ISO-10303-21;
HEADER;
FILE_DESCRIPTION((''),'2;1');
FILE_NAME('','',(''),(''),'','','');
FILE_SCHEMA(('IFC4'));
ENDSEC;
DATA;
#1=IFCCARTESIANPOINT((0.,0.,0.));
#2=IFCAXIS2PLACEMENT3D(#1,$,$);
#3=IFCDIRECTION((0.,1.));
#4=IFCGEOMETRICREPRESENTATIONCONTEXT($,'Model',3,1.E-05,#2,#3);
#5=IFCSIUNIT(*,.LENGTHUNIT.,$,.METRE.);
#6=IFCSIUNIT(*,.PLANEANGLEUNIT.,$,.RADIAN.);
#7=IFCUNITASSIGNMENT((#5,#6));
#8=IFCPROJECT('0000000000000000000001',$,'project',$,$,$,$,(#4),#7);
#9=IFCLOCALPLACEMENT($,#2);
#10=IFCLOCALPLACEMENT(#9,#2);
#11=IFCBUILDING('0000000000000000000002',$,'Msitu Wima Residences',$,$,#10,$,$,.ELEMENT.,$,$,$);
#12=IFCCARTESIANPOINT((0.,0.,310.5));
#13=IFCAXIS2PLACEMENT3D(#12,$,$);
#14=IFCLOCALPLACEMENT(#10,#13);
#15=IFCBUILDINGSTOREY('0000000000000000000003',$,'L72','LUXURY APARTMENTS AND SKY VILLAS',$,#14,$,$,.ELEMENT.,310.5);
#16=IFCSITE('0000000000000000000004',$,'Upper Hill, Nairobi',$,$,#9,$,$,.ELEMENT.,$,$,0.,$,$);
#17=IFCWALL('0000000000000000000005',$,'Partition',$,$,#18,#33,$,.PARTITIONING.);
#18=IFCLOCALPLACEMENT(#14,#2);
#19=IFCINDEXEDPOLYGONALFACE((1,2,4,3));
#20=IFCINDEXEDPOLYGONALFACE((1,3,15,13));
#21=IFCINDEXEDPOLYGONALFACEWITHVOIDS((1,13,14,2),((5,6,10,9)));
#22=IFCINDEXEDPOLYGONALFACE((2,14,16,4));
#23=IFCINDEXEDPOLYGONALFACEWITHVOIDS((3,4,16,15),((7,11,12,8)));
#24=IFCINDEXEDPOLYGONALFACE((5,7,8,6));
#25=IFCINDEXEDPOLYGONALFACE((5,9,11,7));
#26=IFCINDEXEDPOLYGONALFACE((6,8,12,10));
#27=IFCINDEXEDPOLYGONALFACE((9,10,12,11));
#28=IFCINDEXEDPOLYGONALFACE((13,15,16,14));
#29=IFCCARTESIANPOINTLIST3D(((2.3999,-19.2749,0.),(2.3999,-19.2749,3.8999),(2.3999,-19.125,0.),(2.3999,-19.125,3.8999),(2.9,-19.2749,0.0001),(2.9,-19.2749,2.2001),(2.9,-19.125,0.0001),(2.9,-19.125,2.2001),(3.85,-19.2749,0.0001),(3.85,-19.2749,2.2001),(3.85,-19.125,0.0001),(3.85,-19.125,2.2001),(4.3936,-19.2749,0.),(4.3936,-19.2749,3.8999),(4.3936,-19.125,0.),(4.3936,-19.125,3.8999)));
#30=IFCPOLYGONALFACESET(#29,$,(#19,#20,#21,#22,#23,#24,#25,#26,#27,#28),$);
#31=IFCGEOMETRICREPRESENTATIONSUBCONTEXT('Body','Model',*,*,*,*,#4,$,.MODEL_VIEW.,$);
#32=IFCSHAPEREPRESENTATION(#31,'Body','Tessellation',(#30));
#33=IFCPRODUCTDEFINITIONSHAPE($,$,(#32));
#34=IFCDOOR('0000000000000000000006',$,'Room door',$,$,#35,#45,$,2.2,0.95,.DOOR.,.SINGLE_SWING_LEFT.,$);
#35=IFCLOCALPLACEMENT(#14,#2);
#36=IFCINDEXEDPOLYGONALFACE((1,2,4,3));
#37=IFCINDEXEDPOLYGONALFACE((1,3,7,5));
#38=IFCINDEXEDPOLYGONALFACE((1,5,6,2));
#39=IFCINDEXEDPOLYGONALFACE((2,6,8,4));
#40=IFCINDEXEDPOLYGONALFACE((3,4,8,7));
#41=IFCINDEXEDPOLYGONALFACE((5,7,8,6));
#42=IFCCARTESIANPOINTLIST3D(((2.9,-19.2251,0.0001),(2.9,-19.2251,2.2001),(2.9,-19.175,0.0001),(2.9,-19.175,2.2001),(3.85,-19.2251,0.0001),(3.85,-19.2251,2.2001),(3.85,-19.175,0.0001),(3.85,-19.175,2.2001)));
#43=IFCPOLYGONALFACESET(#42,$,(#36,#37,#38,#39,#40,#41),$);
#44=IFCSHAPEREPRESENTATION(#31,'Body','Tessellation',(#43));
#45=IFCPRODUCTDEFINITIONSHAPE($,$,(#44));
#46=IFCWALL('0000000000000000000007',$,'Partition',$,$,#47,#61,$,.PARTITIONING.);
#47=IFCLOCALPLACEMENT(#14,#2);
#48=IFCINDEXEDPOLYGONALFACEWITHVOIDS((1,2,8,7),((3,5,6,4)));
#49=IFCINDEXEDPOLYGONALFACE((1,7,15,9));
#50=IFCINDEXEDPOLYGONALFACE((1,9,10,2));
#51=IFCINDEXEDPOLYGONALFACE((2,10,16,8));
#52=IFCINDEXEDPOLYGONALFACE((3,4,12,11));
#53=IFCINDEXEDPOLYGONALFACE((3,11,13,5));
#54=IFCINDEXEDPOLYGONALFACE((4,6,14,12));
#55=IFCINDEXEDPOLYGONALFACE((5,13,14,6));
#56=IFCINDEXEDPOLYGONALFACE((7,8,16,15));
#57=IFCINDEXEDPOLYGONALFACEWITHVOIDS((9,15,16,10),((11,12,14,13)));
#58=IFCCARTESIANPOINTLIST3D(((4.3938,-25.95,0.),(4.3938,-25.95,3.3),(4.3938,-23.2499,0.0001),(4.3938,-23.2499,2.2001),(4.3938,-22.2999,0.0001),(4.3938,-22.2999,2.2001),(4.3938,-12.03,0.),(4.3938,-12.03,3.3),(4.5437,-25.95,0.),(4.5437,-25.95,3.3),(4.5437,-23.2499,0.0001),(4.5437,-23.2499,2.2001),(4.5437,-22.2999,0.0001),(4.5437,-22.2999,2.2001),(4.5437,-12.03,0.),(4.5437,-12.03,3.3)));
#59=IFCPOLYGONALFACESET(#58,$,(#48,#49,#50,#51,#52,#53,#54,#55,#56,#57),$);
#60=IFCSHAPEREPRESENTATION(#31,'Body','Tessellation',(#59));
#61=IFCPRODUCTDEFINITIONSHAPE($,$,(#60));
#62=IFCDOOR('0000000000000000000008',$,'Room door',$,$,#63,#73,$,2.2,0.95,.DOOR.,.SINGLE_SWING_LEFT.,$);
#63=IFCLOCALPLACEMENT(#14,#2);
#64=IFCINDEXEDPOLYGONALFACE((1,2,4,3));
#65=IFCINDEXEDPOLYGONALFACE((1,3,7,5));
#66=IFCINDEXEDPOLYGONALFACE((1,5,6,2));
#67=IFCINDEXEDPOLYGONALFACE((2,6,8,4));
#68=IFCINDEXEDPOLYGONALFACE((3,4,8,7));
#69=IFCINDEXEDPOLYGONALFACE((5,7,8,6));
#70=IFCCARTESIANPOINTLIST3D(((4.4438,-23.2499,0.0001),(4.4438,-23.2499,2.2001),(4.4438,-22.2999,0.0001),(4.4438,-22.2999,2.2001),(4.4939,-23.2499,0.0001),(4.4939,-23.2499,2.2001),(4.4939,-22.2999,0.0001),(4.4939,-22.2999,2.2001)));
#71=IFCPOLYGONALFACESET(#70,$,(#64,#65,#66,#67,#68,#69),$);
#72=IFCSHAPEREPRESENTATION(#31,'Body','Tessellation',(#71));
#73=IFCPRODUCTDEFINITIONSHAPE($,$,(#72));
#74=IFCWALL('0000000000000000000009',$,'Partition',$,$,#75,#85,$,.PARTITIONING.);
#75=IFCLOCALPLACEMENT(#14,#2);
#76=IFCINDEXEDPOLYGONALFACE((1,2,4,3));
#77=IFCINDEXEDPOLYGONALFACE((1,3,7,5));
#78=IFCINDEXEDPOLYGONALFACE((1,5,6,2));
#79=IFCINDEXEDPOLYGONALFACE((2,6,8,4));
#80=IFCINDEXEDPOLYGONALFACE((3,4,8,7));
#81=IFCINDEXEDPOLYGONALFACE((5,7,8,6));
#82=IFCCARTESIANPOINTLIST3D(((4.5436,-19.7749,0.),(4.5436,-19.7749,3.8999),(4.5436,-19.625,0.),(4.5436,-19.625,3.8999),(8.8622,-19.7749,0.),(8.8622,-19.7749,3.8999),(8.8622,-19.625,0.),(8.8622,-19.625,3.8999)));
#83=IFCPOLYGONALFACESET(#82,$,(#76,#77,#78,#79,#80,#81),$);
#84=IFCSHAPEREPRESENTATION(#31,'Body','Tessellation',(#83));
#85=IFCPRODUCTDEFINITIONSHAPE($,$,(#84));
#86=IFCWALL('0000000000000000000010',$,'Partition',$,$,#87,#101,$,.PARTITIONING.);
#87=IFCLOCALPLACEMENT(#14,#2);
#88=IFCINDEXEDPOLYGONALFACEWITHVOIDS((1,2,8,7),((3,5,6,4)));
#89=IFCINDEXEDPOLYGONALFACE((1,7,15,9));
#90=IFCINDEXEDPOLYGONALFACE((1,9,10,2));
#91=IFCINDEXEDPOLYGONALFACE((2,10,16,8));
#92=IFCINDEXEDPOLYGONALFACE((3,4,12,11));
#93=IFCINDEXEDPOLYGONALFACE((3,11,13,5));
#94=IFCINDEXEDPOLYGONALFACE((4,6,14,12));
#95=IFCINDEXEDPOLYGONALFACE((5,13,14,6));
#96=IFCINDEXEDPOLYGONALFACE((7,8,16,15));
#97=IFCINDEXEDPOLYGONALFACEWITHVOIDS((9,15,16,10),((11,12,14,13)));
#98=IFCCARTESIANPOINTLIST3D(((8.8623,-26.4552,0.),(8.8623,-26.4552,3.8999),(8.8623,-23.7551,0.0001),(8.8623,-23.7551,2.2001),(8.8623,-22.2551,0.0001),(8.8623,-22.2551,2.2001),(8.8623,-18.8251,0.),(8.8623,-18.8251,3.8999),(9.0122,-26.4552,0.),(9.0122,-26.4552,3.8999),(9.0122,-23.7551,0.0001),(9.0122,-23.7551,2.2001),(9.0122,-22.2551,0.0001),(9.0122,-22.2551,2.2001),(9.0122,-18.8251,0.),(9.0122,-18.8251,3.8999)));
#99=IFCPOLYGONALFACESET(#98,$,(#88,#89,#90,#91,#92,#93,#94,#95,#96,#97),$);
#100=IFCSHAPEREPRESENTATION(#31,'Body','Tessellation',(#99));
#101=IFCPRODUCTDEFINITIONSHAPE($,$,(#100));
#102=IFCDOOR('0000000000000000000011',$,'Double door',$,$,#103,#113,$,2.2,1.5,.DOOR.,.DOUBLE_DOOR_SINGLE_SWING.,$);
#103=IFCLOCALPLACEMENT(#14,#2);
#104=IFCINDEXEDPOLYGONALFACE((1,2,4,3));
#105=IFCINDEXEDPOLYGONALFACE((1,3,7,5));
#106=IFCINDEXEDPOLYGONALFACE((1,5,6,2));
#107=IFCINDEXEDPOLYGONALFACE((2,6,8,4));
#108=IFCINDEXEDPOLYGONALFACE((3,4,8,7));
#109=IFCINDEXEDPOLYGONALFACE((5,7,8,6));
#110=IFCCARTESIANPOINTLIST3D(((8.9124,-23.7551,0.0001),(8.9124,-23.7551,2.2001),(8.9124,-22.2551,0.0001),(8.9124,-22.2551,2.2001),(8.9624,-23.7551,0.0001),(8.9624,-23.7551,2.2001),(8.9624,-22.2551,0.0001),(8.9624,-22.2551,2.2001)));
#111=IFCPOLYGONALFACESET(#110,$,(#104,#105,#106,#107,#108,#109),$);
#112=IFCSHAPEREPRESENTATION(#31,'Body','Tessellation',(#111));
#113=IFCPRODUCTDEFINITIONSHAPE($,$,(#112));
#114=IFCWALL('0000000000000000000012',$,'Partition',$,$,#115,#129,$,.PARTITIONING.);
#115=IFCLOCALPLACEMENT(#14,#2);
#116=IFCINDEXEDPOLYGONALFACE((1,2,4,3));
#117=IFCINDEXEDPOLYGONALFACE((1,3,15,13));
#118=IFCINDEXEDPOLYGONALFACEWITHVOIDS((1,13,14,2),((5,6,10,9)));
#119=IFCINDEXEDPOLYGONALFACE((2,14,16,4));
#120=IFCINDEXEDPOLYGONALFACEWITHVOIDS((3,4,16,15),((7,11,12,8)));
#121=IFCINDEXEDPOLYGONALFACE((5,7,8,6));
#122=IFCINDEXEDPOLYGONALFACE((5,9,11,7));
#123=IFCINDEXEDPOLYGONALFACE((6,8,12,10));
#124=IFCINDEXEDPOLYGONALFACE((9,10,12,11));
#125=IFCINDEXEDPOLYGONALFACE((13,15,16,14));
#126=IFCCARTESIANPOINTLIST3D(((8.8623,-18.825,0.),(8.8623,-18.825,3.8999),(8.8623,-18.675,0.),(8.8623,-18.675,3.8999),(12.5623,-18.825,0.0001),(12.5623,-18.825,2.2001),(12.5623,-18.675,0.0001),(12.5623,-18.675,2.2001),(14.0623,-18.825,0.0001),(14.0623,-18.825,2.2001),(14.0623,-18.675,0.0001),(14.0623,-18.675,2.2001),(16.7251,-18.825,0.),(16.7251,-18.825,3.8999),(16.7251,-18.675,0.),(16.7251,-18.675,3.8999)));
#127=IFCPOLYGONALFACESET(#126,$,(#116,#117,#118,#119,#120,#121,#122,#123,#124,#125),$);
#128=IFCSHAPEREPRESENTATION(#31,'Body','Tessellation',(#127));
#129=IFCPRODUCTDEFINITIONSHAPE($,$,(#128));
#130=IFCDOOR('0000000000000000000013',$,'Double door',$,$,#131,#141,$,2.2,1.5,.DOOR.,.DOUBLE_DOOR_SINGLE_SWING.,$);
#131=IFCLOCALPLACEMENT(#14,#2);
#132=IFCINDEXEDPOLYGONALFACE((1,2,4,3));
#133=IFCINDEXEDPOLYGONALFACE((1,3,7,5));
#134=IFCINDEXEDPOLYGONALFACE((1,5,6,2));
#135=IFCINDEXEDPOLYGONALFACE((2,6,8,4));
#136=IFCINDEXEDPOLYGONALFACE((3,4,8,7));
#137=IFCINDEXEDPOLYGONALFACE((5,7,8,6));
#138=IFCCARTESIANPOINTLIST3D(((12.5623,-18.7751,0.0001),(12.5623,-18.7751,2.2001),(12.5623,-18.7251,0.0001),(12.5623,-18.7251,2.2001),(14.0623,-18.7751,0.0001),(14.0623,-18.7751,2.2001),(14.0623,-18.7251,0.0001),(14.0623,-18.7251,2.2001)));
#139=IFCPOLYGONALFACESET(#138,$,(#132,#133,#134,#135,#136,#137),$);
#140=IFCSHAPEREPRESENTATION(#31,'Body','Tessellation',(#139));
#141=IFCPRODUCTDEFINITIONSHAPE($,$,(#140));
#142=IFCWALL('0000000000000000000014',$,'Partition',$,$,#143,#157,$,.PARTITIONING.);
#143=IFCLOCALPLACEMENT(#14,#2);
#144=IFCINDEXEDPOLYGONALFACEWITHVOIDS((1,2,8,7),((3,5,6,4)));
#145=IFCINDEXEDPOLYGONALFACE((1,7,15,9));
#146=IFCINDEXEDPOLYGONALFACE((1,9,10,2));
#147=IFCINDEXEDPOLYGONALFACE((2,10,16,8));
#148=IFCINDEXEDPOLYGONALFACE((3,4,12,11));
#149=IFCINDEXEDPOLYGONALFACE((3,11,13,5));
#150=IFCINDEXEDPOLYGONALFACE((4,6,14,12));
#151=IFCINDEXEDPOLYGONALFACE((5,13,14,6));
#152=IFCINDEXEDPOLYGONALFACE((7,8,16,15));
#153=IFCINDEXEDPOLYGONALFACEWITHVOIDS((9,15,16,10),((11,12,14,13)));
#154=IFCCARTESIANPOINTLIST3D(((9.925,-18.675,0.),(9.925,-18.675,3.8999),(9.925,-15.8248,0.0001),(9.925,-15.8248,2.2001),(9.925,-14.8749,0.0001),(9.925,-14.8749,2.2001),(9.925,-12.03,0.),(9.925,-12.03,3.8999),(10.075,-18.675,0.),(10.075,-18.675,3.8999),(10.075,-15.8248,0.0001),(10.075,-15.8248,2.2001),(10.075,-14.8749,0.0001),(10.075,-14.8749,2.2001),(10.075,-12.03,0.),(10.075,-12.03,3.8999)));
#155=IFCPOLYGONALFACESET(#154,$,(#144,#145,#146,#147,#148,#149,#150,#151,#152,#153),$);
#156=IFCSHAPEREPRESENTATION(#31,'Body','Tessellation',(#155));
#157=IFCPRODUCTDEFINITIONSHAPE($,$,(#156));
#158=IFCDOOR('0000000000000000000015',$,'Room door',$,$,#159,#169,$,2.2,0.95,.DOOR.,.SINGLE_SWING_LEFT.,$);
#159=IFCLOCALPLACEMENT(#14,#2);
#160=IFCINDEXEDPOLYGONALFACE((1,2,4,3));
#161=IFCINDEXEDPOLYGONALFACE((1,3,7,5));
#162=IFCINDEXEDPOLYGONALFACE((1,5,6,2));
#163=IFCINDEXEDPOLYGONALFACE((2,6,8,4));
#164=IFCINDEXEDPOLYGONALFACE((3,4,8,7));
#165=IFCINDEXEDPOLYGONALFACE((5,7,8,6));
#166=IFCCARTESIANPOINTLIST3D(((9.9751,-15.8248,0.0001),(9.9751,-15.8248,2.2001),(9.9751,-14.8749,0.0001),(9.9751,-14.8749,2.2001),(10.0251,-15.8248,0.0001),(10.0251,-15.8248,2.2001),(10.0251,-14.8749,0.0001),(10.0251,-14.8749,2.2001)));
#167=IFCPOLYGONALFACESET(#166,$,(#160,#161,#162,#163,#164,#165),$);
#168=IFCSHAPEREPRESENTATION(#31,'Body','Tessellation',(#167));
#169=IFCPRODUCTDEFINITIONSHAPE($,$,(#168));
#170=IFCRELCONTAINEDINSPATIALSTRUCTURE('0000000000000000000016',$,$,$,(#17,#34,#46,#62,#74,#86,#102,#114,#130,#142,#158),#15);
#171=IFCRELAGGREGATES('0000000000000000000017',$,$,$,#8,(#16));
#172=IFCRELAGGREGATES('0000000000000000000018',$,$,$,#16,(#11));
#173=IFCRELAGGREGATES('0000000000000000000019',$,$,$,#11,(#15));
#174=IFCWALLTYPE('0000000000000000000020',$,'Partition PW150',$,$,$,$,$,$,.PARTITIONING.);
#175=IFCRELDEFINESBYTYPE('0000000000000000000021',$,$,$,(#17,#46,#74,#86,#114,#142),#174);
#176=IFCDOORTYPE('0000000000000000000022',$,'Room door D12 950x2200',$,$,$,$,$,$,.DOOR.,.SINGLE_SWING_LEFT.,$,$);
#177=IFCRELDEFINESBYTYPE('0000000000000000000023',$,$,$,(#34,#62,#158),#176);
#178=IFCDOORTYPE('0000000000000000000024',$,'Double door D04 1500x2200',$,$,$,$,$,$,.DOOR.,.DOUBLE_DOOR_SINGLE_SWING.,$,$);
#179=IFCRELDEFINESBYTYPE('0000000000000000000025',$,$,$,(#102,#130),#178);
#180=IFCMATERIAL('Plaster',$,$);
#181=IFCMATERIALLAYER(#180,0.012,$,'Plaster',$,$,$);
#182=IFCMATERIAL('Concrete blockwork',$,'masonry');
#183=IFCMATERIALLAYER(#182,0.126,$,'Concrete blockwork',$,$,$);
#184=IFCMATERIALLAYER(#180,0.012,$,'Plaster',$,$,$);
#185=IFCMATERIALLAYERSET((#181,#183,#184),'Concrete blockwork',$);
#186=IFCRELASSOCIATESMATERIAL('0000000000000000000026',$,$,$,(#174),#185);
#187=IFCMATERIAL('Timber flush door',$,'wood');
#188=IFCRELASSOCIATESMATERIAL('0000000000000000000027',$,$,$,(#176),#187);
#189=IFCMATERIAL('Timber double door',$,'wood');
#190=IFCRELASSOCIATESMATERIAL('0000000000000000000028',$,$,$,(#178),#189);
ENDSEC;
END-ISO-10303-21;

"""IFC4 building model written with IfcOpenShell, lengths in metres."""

from ifc_helpers import new_model, si_unit, direction, frame, frame_2d, origin, place, context, subcontext, project, spatial, rectangle, extrude, material, layer, layer_set, type_object, element, fill, save


model = new_model("IFC4")

# Units and contexts
model_context = context("Model", 3, precision=1e-05, world=origin(), true_north=direction((0.0, 1.0)))
body_context = subcontext(model_context, "Body", "Model", "MODEL_VIEW")
ifc_project = project(units=[si_unit("LENGTHUNIT", "METRE"), si_unit("PLANEANGLEUNIT", "RADIAN")], contexts=[model_context])

# Site, building, storey
site_placement = place(None, origin())
site = spatial("IfcSite", under=ifc_project, at=site_placement, Name="Upper Hill, Nairobi", CompositionType="ELEMENT", RefElevation=0.0)
building_placement = place(site_placement, origin())
building = spatial("IfcBuilding", under=site, at=building_placement, Name="Msitu Wima Residences", CompositionType="ELEMENT")
storey_placement = place(building_placement, frame((0.0, 0.0, 310.5)))
storey = spatial("IfcBuildingStorey", under=building, at=storey_placement, Name="L72", Description="LUXURY APARTMENTS AND SKY VILLAS", CompositionType="ELEMENT", Elevation=310.5)

# Walls, openings, doors
ifc_material_1 = material(Name="Plaster")
ifc_layer_1 = layer(ifc_material_1, 0.012, Name="Plaster")
ifc_material_2 = material(Name="Concrete blockwork", Category="masonry")
ifc_layer_2 = layer(ifc_material_2, 0.126, Name="Concrete blockwork")
ifc_layer_3 = layer(ifc_material_1, 0.012, Name="Plaster")
ifc_layer_set_1 = layer_set([ifc_layer_1, ifc_layer_2, ifc_layer_3], Name="Concrete blockwork")
wall_type_1 = type_object("IfcWallType", Name="Partition PW150", PredefinedType="PARTITIONING", material=ifc_layer_set_1)
wall_1_placement = place(storey_placement, frame((2.3999, -19.2, 0.0), z_axis=(0.0, 0.0, 1.0), x_axis=(1.0, 0.0, 0.0)))
wall_1 = element("IfcWall", 1, at=wall_1_placement, inside=storey, type_object=wall_type_1, Name="Partition", PredefinedType="PARTITIONING", context=body_context, shape_type="SweptSolid", body=[
    extrude(rectangle(XDim=1.9937, YDim=0.1499, at=frame_2d((0.9968, 0.0))), origin(), (0.0, 0.0, 1.0), 3.8999),
])
opening_1_placement = place(wall_1_placement, frame((0.5, 0.0, 0.0)))
opening_1 = element("IfcOpeningElement", 2, at=opening_1_placement, cuts=wall_1, PredefinedType="OPENING", context=body_context, shape_type="SweptSolid", body=[
    extrude(rectangle(XDim=0.95, YDim=2.2, at=frame_2d((0.4751, 1.1001))), frame((0.0, 0.085, 0.0), z_axis=(0.0, -1.0, 0.0), x_axis=(1.0, 0.0, 0.0)), (0.0, 0.0, 1.0), 0.1699),
])
ifc_material_3 = material(Name="Timber flush door", Category="wood")
door_type_1 = type_object("IfcDoorType", Name="Room door D12 950x2200", OperationType="SINGLE_SWING_LEFT", PredefinedType="DOOR", material=ifc_material_3)
door_1_placement = place(opening_1_placement, origin())
door_1 = element("IfcDoor", 3, at=door_1_placement, inside=storey, type_object=door_type_1, Name="Room door", OperationType="SINGLE_SWING_LEFT", OverallHeight=2.2, OverallWidth=0.95, PredefinedType="DOOR", context=body_context, shape_type="SweptSolid", body=[
    extrude(rectangle(XDim=0.95, YDim=2.2, at=frame_2d((0.4751, 1.1001))), frame((0.0, 0.0249, 0.0), z_axis=(0.0, -1.0, 0.0), x_axis=(1.0, 0.0, 0.0)), (0.0, 0.0, 1.0), 0.05),
])
fill(opening_1, door_1)
wall_2_placement = place(storey_placement, frame((4.4688, -25.95, 0.0), z_axis=(0.0, 0.0, 1.0), x_axis=(0.0, 1.0, 0.0)))
wall_2 = element("IfcWall", 4, at=wall_2_placement, inside=storey, type_object=wall_type_1, Name="Partition", PredefinedType="PARTITIONING", context=body_context, shape_type="SweptSolid", body=[
    extrude(rectangle(XDim=13.9199, YDim=0.1499, at=frame_2d((6.96, 0.0))), origin(), (0.0, 0.0, 1.0), 3.3),
])
opening_2_placement = place(wall_2_placement, frame((2.7, 0.0, 0.0)))
opening_2 = element("IfcOpeningElement", 5, at=opening_2_placement, cuts=wall_2, PredefinedType="OPENING", context=body_context, shape_type="SweptSolid", body=[
    extrude(rectangle(XDim=0.95, YDim=2.2, at=frame_2d((0.4751, 1.1001))), frame((0.0, 0.085, 0.0), z_axis=(0.0, -1.0, 0.0), x_axis=(1.0, 0.0, 0.0)), (0.0, 0.0, 1.0), 0.1699),
])
door_2_placement = place(opening_2_placement, origin())
door_2 = element("IfcDoor", 6, at=door_2_placement, inside=storey, type_object=door_type_1, Name="Room door", OperationType="SINGLE_SWING_LEFT", OverallHeight=2.2, OverallWidth=0.95, PredefinedType="DOOR", context=body_context, shape_type="SweptSolid", body=[
    extrude(rectangle(XDim=0.95, YDim=2.2, at=frame_2d((0.4751, 1.1001))), frame((0.0, 0.0249, 0.0), z_axis=(0.0, -1.0, 0.0), x_axis=(1.0, 0.0, 0.0)), (0.0, 0.0, 1.0), 0.05),
])
fill(opening_2, door_2)

# Wall
wall_3_placement = place(storey_placement, frame((4.5437, -19.7, 0.0), z_axis=(0.0, 0.0, 1.0), x_axis=(1.0, 0.0, 0.0)))
element("IfcWall", 7, at=wall_3_placement, inside=storey, type_object=wall_type_1, Name="Partition", PredefinedType="PARTITIONING", context=body_context, shape_type="SweptSolid", body=[
    extrude(rectangle(XDim=4.3186, YDim=0.1499, at=frame_2d((2.1592, 0.0))), origin(), (0.0, 0.0, 1.0), 3.8999),
])

# Walls, openings, doors
wall_4_placement = place(storey_placement, frame((8.9373, -26.4551, 0.0), z_axis=(0.0, 0.0, 1.0), x_axis=(0.0, 1.0, 0.0)))
wall_4 = element("IfcWall", 8, at=wall_4_placement, inside=storey, type_object=wall_type_1, Name="Partition", PredefinedType="PARTITIONING", context=body_context, shape_type="SweptSolid", body=[
    extrude(rectangle(XDim=7.6301, YDim=0.1499, at=frame_2d((3.8149, 0.0))), origin(), (0.0, 0.0, 1.0), 3.8999),
])
opening_3_placement = place(wall_4_placement, frame((2.7, 0.0, 0.0)))
opening_3 = element("IfcOpeningElement", 9, at=opening_3_placement, cuts=wall_4, PredefinedType="OPENING", context=body_context, shape_type="SweptSolid", body=[
    extrude(rectangle(XDim=1.5, YDim=2.2, at=frame_2d((0.75, 1.1001))), frame((0.0, 0.085, 0.0), z_axis=(0.0, -1.0, 0.0), x_axis=(1.0, 0.0, 0.0)), (0.0, 0.0, 1.0), 0.1699),
])
ifc_material_4 = material(Name="Timber double door", Category="wood")
door_type_2 = type_object("IfcDoorType", Name="Double door D04 1500x2200", OperationType="DOUBLE_DOOR_SINGLE_SWING", PredefinedType="DOOR", material=ifc_material_4)
door_3_placement = place(opening_3_placement, origin())
door_3 = element("IfcDoor", 10, at=door_3_placement, inside=storey, type_object=door_type_2, Name="Double door", OperationType="DOUBLE_DOOR_SINGLE_SWING", OverallHeight=2.2, OverallWidth=1.5, PredefinedType="DOOR", context=body_context, shape_type="SweptSolid", body=[
    extrude(rectangle(XDim=1.5, YDim=2.2, at=frame_2d((0.75, 1.1001))), frame((0.0, 0.0249, 0.0), z_axis=(0.0, -1.0, 0.0), x_axis=(1.0, 0.0, 0.0)), (0.0, 0.0, 1.0), 0.05),
])
fill(opening_3, door_3)
wall_5_placement = place(storey_placement, frame((8.8623, -18.75, 0.0), z_axis=(0.0, 0.0, 1.0), x_axis=(1.0, 0.0, 0.0)))
wall_5 = element("IfcWall", 11, at=wall_5_placement, inside=storey, type_object=wall_type_1, Name="Partition", PredefinedType="PARTITIONING", context=body_context, shape_type="SweptSolid", body=[
    extrude(rectangle(XDim=7.8628, YDim=0.1499, at=frame_2d((3.9314, 0.0))), origin(), (0.0, 0.0, 1.0), 3.8999),
])
opening_4_placement = place(wall_5_placement, frame((3.7, 0.0, 0.0)))
opening_4 = element("IfcOpeningElement", 12, at=opening_4_placement, cuts=wall_5, PredefinedType="OPENING", context=body_context, shape_type="SweptSolid", body=[
    extrude(rectangle(XDim=1.5, YDim=2.2, at=frame_2d((0.75, 1.1001))), frame((0.0, 0.085, 0.0), z_axis=(0.0, -1.0, 0.0), x_axis=(1.0, 0.0, 0.0)), (0.0, 0.0, 1.0), 0.1699),
])
door_4_placement = place(opening_4_placement, origin())
door_4 = element("IfcDoor", 13, at=door_4_placement, inside=storey, type_object=door_type_2, Name="Double door", OperationType="DOUBLE_DOOR_SINGLE_SWING", OverallHeight=2.2, OverallWidth=1.5, PredefinedType="DOOR", context=body_context, shape_type="SweptSolid", body=[
    extrude(rectangle(XDim=1.5, YDim=2.2, at=frame_2d((0.75, 1.1001))), frame((0.0, 0.0249, 0.0), z_axis=(0.0, -1.0, 0.0), x_axis=(1.0, 0.0, 0.0)), (0.0, 0.0, 1.0), 0.05),
])
fill(opening_4, door_4)
wall_6_placement = place(storey_placement, frame((10.0, -18.675, 0.0), z_axis=(0.0, 0.0, 1.0), x_axis=(0.0, 1.0, 0.0)))
wall_6 = element("IfcWall", 14, at=wall_6_placement, inside=storey, type_object=wall_type_1, Name="Partition", PredefinedType="PARTITIONING", context=body_context, shape_type="SweptSolid", body=[
    extrude(rectangle(XDim=6.645, YDim=0.1499, at=frame_2d((3.3225, 0.0))), origin(), (0.0, 0.0, 1.0), 3.8999),
])
opening_5_placement = place(wall_6_placement, frame((2.8501, 0.0, 0.0)))
opening_5 = element("IfcOpeningElement", 15, at=opening_5_placement, cuts=wall_6, PredefinedType="OPENING", context=body_context, shape_type="SweptSolid", body=[
    extrude(rectangle(XDim=0.95, YDim=2.2, at=frame_2d((0.4751, 1.1001))), frame((0.0, 0.085, 0.0), z_axis=(0.0, -1.0, 0.0), x_axis=(1.0, 0.0, 0.0)), (0.0, 0.0, 1.0), 0.1699),
])
door_5_placement = place(opening_5_placement, origin())
door_5 = element("IfcDoor", 16, at=door_5_placement, inside=storey, type_object=door_type_1, Name="Room door", OperationType="SINGLE_SWING_LEFT", OverallHeight=2.2, OverallWidth=0.95, PredefinedType="DOOR", context=body_context, shape_type="SweptSolid", body=[
    extrude(rectangle(XDim=0.95, YDim=2.2, at=frame_2d((0.4751, 1.1001))), frame((0.0, 0.0249, 0.0), z_axis=(0.0, -1.0, 0.0), x_axis=(1.0, 0.0, 0.0)), (0.0, 0.0, 1.0), 0.05),
])
fill(opening_5, door_5)

save(model, "model.ifc")
